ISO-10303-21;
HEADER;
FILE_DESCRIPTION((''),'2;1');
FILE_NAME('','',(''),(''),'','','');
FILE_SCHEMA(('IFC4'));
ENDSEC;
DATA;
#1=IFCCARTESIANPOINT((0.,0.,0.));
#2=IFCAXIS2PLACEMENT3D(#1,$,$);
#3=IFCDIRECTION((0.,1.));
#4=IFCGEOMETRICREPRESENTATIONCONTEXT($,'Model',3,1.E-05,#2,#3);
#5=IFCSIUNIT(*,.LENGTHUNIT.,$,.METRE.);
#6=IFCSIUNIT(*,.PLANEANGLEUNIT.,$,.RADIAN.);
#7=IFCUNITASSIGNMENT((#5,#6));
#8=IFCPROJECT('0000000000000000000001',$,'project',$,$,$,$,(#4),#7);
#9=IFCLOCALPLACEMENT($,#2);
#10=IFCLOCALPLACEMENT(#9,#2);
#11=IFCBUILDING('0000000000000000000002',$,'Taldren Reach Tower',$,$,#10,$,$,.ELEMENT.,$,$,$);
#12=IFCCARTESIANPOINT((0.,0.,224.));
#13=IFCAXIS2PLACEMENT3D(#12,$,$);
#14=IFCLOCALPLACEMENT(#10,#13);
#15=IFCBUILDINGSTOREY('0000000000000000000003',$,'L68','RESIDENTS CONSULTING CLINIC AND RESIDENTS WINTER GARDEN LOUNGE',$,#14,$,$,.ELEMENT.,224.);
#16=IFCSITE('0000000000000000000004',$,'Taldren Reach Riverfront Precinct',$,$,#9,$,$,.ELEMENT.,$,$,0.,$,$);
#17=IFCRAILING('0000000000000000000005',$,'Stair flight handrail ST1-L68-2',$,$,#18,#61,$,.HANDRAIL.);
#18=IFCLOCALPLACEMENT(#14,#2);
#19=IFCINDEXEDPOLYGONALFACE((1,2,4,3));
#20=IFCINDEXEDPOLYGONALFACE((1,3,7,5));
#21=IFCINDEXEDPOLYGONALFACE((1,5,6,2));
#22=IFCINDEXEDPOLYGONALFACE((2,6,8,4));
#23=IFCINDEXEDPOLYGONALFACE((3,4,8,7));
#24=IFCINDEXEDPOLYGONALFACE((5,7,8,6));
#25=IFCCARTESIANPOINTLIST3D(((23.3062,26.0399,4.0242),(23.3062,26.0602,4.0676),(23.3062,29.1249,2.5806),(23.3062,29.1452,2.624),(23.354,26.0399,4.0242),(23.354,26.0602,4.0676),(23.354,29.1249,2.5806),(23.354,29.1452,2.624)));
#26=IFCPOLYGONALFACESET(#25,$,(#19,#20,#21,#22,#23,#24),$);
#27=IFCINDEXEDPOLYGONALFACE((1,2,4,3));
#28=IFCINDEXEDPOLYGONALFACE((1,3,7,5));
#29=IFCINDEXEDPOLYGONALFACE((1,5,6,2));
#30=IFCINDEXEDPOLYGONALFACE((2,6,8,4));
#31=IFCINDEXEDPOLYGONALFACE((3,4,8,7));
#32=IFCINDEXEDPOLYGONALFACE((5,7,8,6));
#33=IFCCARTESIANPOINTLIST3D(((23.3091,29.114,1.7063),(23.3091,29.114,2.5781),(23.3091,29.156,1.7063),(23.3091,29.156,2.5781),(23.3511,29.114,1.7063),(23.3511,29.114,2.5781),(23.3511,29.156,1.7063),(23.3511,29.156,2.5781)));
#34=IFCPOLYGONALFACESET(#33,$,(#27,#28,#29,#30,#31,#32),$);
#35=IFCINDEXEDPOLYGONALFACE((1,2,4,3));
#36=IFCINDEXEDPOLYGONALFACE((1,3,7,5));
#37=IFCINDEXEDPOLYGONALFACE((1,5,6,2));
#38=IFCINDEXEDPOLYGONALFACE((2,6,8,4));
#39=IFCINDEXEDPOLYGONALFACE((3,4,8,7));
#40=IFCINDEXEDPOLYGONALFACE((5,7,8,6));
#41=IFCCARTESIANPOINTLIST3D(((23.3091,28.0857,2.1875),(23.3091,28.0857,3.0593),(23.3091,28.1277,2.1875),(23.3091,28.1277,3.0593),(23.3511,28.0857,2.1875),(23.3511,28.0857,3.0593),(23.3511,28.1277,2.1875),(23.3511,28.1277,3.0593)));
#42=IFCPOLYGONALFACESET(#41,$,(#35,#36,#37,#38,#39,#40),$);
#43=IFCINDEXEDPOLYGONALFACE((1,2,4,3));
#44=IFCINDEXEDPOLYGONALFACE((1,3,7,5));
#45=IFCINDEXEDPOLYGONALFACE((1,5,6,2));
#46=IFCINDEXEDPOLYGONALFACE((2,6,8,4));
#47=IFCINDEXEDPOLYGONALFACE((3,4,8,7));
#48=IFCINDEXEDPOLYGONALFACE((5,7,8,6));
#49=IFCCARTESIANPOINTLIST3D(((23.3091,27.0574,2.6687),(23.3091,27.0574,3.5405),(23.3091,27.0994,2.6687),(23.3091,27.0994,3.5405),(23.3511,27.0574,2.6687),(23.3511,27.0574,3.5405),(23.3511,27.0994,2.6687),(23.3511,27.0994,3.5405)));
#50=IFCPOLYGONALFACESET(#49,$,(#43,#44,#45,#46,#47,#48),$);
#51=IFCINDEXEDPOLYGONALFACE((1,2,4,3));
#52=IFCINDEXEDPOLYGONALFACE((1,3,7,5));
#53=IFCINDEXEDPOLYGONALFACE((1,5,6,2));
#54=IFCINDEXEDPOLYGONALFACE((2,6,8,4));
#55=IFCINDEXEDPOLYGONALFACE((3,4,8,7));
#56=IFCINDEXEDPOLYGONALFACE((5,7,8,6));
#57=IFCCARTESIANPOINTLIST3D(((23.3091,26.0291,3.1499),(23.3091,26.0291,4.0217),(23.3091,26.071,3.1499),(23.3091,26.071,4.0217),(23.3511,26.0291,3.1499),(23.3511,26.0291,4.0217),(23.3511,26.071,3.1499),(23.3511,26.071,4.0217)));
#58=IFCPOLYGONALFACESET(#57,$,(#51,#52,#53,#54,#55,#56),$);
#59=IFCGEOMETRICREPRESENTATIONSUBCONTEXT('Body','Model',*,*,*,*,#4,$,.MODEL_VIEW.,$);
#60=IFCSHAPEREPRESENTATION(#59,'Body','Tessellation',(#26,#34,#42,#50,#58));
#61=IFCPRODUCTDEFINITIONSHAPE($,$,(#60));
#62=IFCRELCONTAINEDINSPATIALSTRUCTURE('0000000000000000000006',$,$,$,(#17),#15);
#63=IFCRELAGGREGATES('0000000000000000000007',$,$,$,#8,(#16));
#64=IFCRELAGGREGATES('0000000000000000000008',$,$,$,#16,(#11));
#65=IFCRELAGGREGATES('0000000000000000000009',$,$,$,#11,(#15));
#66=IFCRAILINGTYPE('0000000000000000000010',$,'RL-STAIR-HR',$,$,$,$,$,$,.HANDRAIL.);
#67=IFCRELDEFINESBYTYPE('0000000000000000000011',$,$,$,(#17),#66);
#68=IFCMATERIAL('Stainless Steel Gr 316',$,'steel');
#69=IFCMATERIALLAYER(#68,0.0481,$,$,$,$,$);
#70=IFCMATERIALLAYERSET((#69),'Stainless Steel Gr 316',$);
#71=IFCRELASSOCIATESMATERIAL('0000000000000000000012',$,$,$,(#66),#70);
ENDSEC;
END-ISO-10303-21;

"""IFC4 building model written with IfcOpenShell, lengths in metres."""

from ifc_helpers import new_model, si_unit, direction, frame, origin, origin_2d, place, context, subcontext, project, spatial, rectangle, extrude, material, layer, layer_set, type_object, element, save


model = new_model("IFC4")

# Units and contexts
model_context = context("Model", 3, precision=1e-05, world=origin(), true_north=direction((0.0, 1.0)))
body_context = subcontext(model_context, "Body", "Model", "MODEL_VIEW")
ifc_project = project(units=[si_unit("LENGTHUNIT", "METRE"), si_unit("PLANEANGLEUNIT", "RADIAN")], contexts=[model_context])

# Site, building, storey
site_placement = place(None, origin())
site = spatial("IfcSite", under=ifc_project, at=site_placement, Name="Taldren Reach Riverfront Precinct", CompositionType="ELEMENT", RefElevation=0.0)
building_placement = place(site_placement, origin())
building = spatial("IfcBuilding", under=site, at=building_placement, Name="Taldren Reach Tower", CompositionType="ELEMENT")
storey_placement = place(building_placement, frame((0.0, 0.0, 224.0)))
storey = spatial("IfcBuildingStorey", under=building, at=storey_placement, Name="L68", Description="RESIDENTS CONSULTING CLINIC AND RESIDENTS WINTER GARDEN LOUNGE", CompositionType="ELEMENT", Elevation=224.0)

# Railing
ifc_material_1 = material(Name="Stainless Steel Gr 316", Category="steel")
ifc_layer_1 = layer(ifc_material_1, 0.0481)
ifc_layer_set_1 = layer_set([ifc_layer_1], Name="Stainless Steel Gr 316")
railing_type_1 = type_object("IfcRailingType", Name="RL-STAIR-HR", PredefinedType="HANDRAIL", material=ifc_layer_set_1)
railing_1_placement = place(storey_placement, frame((23.3301, 29.135, 1.7063)))
element("IfcRailing", 1, at=railing_1_placement, inside=storey, type_object=railing_type_1, Name="Stair flight handrail ST1-L68-2", PredefinedType="HANDRAIL", context=body_context, shape_type="SweptSolid", body=[
    extrude(rectangle(XDim=0.0479, YDim=0.0479, at=origin_2d()), frame((0.0, 0.0, 0.896), z_axis=(0.0, -0.905738, 0.423839), x_axis=(1.0, 0.0, 0.0)), (0.0, 0.0, 1.0), 3.406),
    extrude(rectangle(XDim=0.042, YDim=0.042, at=origin_2d()), origin(), (0.0, 0.0, 1.0), 0.8718),
    extrude(rectangle(XDim=0.042, YDim=0.042, at=origin_2d()), frame((0.0, -1.0283, 0.4812)), (0.0, 0.0, 1.0), 0.8718),
    extrude(rectangle(XDim=0.042, YDim=0.042, at=origin_2d()), frame((0.0, -2.0566, 0.9624)), (0.0, 0.0, 1.0), 0.8718),
    extrude(rectangle(XDim=0.042, YDim=0.042, at=origin_2d()), frame((0.0, -3.085, 1.4436)), (0.0, 0.0, 1.0), 0.8718),
])

save(model, "model.ifc")
